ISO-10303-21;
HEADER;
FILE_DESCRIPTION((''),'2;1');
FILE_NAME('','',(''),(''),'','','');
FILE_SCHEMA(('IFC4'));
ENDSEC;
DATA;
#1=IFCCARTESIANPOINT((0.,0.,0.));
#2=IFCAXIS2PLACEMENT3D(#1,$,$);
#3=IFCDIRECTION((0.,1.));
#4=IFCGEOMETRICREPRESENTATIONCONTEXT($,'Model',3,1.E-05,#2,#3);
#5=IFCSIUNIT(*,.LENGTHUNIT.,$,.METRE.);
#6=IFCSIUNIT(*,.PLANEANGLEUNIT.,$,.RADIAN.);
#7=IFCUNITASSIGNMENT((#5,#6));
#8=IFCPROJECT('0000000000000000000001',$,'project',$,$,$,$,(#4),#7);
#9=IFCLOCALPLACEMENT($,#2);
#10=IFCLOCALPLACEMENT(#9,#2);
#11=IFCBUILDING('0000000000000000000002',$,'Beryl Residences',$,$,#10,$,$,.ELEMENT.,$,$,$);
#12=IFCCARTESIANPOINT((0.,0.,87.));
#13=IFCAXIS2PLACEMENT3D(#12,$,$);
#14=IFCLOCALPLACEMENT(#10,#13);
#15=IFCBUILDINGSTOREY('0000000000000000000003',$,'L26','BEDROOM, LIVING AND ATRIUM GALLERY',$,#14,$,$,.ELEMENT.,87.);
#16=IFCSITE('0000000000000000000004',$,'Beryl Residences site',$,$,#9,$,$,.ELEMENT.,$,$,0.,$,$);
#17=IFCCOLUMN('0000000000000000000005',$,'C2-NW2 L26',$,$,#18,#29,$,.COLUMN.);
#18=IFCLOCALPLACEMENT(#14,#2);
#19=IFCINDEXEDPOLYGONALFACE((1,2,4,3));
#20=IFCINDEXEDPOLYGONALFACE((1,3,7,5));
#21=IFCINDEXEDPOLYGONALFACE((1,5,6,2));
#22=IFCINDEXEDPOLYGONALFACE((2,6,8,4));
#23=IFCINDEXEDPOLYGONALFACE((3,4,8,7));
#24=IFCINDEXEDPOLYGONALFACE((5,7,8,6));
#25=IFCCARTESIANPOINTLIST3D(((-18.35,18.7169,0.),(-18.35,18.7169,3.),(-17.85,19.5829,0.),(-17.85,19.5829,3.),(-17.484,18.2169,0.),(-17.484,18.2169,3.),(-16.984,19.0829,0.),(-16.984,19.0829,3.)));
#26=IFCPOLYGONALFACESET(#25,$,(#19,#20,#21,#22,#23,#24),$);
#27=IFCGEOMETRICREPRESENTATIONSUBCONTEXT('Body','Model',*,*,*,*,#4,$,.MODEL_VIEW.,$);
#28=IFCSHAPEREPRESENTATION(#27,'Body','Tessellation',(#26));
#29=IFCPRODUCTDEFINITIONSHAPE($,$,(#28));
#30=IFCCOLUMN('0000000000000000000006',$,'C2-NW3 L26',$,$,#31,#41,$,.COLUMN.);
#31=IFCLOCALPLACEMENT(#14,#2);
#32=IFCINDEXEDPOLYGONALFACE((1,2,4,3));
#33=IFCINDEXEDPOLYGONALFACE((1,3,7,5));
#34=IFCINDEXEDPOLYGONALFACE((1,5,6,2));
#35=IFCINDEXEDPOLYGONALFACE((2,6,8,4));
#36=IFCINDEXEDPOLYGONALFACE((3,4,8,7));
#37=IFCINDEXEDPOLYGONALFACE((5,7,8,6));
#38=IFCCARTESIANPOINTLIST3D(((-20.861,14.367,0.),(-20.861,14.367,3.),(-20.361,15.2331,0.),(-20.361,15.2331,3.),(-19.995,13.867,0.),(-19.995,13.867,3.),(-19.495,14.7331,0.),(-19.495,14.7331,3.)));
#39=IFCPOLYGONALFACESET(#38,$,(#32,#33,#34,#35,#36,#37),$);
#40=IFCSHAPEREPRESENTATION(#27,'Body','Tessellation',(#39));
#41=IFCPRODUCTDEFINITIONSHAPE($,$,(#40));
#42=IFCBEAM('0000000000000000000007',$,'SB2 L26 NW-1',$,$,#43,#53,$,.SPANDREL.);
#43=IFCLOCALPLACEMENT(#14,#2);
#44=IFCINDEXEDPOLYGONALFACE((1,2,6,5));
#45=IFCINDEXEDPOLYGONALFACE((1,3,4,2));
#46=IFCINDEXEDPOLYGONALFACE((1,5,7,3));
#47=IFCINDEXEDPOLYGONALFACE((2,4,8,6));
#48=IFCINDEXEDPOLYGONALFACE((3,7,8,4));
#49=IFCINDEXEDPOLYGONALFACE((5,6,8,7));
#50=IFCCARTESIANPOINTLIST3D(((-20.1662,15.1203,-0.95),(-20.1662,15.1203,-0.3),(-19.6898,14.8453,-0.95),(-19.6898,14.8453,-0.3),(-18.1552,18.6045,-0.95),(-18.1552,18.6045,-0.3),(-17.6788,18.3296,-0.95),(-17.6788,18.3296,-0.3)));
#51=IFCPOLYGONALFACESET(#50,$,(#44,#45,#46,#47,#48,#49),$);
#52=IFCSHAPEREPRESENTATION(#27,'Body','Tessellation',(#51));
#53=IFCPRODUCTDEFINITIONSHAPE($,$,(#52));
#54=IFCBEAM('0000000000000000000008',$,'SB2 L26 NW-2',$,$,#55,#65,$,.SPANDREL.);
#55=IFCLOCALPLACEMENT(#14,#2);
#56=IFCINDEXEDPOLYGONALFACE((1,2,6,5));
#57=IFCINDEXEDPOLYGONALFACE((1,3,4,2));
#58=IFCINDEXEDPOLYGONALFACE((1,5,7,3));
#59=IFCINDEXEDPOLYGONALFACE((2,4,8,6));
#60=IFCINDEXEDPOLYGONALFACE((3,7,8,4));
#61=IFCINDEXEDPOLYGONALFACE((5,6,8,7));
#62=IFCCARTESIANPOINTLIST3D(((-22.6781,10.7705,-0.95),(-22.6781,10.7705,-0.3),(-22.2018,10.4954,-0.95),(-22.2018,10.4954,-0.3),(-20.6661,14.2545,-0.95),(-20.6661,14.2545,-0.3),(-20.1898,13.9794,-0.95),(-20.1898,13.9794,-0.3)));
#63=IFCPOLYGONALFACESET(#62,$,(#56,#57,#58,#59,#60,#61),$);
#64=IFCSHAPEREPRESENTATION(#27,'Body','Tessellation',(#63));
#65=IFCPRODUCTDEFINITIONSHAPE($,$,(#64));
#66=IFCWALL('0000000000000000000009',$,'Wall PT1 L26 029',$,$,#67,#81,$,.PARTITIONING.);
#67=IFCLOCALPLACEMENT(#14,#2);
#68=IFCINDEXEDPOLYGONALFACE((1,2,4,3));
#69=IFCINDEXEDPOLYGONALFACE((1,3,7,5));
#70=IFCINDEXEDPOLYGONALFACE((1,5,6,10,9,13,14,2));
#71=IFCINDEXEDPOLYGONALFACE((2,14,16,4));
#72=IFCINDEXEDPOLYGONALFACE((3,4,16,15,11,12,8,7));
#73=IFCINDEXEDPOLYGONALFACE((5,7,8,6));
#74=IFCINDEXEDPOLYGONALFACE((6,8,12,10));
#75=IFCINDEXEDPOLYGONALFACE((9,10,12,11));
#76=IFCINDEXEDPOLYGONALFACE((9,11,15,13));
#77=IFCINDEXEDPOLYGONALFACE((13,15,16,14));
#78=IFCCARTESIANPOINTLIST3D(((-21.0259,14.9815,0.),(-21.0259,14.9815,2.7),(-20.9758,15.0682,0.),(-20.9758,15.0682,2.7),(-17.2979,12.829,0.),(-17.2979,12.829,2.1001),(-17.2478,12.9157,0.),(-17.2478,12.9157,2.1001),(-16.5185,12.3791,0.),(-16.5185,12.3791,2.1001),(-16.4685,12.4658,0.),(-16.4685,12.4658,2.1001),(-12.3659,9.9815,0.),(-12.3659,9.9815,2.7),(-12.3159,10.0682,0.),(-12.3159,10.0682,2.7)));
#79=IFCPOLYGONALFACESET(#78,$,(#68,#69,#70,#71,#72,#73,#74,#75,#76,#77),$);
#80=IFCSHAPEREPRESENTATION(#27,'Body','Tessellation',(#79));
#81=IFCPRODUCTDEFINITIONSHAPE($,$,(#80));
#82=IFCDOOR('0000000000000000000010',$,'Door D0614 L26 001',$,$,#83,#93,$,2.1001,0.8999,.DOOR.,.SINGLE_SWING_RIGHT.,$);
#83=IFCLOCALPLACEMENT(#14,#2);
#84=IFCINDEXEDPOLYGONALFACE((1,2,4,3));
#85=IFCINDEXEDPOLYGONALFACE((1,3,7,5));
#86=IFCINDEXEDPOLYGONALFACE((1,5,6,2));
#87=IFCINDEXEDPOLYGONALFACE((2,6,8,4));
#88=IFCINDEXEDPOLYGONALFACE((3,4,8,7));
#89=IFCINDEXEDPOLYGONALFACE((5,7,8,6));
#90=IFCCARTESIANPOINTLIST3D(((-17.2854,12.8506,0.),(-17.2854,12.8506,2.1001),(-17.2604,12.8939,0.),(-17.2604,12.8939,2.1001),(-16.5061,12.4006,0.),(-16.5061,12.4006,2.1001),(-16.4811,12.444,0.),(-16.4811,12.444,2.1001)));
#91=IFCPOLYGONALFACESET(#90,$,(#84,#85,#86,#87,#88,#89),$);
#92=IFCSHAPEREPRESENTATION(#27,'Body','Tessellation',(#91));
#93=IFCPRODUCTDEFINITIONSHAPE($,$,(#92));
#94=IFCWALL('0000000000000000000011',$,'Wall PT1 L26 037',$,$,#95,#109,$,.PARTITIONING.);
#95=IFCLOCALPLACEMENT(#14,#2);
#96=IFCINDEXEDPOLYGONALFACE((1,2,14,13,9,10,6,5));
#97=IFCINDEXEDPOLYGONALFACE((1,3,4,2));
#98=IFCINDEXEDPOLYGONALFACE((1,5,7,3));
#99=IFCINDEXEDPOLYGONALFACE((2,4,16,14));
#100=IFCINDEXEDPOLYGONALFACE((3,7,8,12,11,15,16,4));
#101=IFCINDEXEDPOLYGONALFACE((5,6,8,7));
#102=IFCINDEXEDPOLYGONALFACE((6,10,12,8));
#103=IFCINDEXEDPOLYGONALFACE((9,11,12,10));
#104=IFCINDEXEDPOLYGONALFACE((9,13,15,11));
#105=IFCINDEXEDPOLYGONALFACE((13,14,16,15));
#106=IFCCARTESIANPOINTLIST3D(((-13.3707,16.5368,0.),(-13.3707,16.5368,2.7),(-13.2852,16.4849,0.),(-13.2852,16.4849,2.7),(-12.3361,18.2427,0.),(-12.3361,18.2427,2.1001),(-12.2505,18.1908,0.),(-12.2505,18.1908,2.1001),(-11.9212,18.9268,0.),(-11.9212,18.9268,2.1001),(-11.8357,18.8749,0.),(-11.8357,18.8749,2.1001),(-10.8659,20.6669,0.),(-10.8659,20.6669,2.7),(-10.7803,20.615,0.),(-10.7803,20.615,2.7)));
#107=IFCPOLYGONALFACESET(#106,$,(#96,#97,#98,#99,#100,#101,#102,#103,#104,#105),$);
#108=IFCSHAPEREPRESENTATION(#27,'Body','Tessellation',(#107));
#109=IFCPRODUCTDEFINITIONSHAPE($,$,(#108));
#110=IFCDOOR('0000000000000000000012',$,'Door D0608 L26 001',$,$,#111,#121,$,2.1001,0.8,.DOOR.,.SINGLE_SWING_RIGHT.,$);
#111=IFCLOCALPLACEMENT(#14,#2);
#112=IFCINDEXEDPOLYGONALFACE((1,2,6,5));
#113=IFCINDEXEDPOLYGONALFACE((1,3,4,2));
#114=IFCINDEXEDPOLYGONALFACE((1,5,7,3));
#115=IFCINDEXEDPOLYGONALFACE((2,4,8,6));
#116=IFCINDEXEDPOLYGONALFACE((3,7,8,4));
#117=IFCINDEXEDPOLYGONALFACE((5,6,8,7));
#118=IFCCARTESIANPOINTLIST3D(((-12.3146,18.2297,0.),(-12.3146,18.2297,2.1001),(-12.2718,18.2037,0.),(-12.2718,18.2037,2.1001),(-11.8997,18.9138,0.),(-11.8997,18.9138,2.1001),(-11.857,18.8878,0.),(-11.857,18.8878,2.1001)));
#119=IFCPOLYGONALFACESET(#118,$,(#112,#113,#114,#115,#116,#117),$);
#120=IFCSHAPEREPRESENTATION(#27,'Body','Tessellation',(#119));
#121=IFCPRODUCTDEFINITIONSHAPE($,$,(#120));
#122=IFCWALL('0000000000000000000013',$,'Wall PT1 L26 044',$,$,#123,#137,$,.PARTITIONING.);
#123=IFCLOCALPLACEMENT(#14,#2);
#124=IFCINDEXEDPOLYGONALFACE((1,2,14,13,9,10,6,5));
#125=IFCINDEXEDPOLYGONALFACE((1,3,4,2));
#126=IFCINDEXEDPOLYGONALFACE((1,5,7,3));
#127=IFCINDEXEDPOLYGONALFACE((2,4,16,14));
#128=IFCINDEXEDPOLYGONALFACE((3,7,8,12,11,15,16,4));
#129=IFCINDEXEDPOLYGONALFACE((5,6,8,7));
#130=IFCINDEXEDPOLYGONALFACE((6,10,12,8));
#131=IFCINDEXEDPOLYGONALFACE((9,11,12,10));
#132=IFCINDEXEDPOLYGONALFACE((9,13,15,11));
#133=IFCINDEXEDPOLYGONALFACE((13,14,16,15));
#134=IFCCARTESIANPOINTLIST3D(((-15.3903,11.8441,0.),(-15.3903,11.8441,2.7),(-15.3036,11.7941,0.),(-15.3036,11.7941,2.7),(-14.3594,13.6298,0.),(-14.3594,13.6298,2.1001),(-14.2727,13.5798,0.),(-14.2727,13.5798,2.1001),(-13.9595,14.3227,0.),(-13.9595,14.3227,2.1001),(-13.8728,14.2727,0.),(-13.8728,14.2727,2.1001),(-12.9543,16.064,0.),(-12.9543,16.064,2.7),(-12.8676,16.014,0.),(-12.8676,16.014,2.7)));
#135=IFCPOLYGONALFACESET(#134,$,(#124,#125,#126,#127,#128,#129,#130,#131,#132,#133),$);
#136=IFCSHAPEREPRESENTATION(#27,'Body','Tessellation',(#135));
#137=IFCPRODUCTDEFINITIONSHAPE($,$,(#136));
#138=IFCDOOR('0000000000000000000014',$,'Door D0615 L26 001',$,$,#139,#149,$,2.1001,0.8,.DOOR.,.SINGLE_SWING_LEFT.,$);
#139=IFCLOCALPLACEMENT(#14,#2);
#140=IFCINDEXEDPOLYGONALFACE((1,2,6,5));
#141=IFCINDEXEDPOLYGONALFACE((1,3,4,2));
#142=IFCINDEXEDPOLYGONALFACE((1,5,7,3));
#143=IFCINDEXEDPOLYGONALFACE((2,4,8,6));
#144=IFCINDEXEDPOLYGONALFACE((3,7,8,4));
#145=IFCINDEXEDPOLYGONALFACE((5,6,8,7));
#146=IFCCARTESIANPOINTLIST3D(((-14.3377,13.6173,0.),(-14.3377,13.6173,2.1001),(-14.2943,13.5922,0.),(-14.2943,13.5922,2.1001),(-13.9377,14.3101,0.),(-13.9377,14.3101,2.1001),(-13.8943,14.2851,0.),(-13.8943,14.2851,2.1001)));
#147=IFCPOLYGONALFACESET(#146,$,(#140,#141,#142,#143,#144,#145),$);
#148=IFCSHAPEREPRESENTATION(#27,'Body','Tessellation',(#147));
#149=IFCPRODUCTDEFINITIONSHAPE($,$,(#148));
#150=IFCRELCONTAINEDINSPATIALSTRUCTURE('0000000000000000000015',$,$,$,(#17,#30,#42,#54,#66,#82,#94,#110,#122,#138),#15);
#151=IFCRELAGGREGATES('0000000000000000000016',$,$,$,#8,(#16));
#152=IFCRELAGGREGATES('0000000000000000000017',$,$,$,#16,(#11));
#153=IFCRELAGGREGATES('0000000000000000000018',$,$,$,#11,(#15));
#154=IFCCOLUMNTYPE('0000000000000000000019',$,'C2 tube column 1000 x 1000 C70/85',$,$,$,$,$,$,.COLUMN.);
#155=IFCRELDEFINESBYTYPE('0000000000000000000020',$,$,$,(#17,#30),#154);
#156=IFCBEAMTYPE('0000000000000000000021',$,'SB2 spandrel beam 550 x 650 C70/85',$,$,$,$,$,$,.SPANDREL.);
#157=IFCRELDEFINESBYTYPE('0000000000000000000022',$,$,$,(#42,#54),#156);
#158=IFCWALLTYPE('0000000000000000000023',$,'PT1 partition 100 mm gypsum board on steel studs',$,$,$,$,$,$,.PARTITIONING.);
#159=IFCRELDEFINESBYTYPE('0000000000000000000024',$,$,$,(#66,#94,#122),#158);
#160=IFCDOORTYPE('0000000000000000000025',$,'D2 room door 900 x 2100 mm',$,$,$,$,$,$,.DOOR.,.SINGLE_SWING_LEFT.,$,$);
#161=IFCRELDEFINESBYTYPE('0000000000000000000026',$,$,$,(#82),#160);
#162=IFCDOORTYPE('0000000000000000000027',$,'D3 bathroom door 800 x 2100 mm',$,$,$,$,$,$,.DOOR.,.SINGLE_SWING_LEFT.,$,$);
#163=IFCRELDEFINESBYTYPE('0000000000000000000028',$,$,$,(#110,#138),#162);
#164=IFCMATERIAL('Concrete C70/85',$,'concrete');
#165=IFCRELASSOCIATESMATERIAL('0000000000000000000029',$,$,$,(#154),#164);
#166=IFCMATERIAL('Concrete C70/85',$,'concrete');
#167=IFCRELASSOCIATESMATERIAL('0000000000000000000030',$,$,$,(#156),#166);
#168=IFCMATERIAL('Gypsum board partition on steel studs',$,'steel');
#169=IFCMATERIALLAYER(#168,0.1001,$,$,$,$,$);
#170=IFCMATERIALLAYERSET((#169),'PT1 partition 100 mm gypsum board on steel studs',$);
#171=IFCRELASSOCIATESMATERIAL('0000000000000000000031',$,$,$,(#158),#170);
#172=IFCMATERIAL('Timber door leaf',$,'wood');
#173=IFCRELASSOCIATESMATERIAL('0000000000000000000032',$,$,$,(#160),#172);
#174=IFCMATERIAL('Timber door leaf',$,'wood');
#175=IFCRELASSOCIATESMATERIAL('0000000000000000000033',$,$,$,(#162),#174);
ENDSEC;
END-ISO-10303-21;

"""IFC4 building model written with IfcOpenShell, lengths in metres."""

from ifc_helpers import new_model, si_unit, direction, frame, frame_2d, origin, origin_2d, place, context, subcontext, project, spatial, rectangle, extrude, material, layer, layer_set, material_profile, profile_set, type_object, element, fill, save


model = new_model("IFC4")

# Units and contexts
model_context = context("Model", 3, precision=1e-05, world=origin(), true_north=direction((0.0, 1.0)))
body_context = subcontext(model_context, "Body", "Model", "MODEL_VIEW")
ifc_project = project(units=[si_unit("LENGTHUNIT", "METRE"), si_unit("PLANEANGLEUNIT", "RADIAN")], contexts=[model_context])

# Site, building, storey
site_placement = place(None, origin())
site = spatial("IfcSite", under=ifc_project, at=site_placement, Name="Beryl Residences site", CompositionType="ELEMENT", RefElevation=0.0)
building_placement = place(site_placement, origin())
building = spatial("IfcBuilding", under=site, at=building_placement, Name="Beryl Residences", CompositionType="ELEMENT")
storey_placement = place(building_placement, frame((0.0, 0.0, 87.0)))
storey = spatial("IfcBuildingStorey", under=building, at=storey_placement, Name="L26", Description="BEDROOM, LIVING AND ATRIUM GALLERY", CompositionType="ELEMENT", Elevation=87.0)

# Columns
ifc_material_1 = material(Name="Concrete C70/85", Category="concrete")
ifc_material_profile_1 = material_profile(ifc_material_1, rectangle(XDim=1.0, YDim=1.0, at=origin_2d()))
ifc_profile_set_1 = profile_set([ifc_material_profile_1], Name="Concrete C70/85")
column_type = type_object("IfcColumnType", Name="C2 tube column 1000 x 1000 C70/85", PredefinedType="COLUMN", material=ifc_profile_set_1)
for number, where, z_axis, x_axis, name in (
    (1, (-17.667, 18.8999, 0.0), (0.0, 0.0, 1.0), (-0.5, -0.866025, 0.0), "C2-NW2 L26"),
    (2, (-20.178, 14.55, 0.0), (0.0, 0.0, 1.0), (-0.5, -0.866025, 0.0), "C2-NW3 L26"),
):
    element("IfcColumn", number, at=place(storey_placement, frame(where, z_axis=z_axis, x_axis=x_axis)), inside=storey, type_object=column_type, Name=name, PredefinedType="COLUMN", context=body_context, shape_type="SweptSolid", body=[
        extrude(rectangle(XDim=1.0, YDim=1.0, at=origin_2d()), origin(), (0.0, 0.0, 1.0), 3.0),
    ])

# Beams
ifc_material_2 = material(Name="Concrete C70/85", Category="concrete")
ifc_material_profile_2 = material_profile(ifc_material_2, rectangle(XDim=0.55, YDim=0.6499, at=origin_2d()))
ifc_profile_set_2 = profile_set([ifc_material_profile_2], Name="Concrete C70/85")
beam_type = type_object("IfcBeamType", Name="SB2 spandrel beam 550 x 650 C70/85", PredefinedType="SPANDREL", material=ifc_profile_set_2)
beam_1_placement = place(storey_placement, frame((-17.917, 18.467, -0.625), z_axis=(-0.499892, -0.866088, 0.0), x_axis=(0.866088, -0.499892, 0.0)))
element("IfcBeam", 3, at=beam_1_placement, inside=storey, type_object=beam_type, Name="SB2 L26 NW-1", PredefinedType="SPANDREL", context=body_context, shape_type="SweptSolid", body=[
    extrude(rectangle(XDim=0.55, YDim=0.6499, at=origin_2d()), origin(), (0.0, 0.0, 1.0), 4.0229),
])
beam_2_placement = place(storey_placement, frame((-20.428, 14.1169, -0.625), z_axis=(-0.500101, -0.865967, 0.0), x_axis=(0.865967, -0.500101, 0.0)))
element("IfcBeam", 4, at=beam_2_placement, inside=storey, type_object=beam_type, Name="SB2 L26 NW-2", PredefinedType="SPANDREL", context=body_context, shape_type="SweptSolid", body=[
    extrude(rectangle(XDim=0.55, YDim=0.6499, at=origin_2d()), origin(), (0.0, 0.0, 1.0), 4.0232),
])

# Walls, openings, doors
ifc_material_3 = material(Name="Gypsum board partition on steel studs", Category="steel")
ifc_layer = layer(ifc_material_3, 0.1001)
ifc_layer_set = layer_set([ifc_layer], Name="PT1 partition 100 mm gypsum board on steel studs")
wall_type = type_object("IfcWallType", Name="PT1 partition 100 mm gypsum board on steel studs", PredefinedType="PARTITIONING", material=ifc_layer_set)
wall_1_placement = place(storey_placement, frame((-21.001, 15.0249, 0.0), z_axis=(0.0, 0.0, 1.0), x_axis=(0.866017, -0.500015, 0.0)))
wall_1 = element("IfcWall", 5, at=wall_1_placement, inside=storey, type_object=wall_type, Name="Wall PT1 L26 029", PredefinedType="PARTITIONING", context=body_context, shape_type="SweptSolid", body=[
    extrude(rectangle(XDim=9.9998, YDim=0.1001, at=frame_2d((5.0, 0.0))), origin(), (0.0, 0.0, 1.0), 2.7),
])
opening_1_placement = place(wall_1_placement, frame((4.3049, 0.0, 0.0)))
opening_1 = element("IfcOpeningElement", 6, at=opening_1_placement, cuts=wall_1, PredefinedType="OPENING", context=body_context, shape_type="SweptSolid", body=[
    extrude(rectangle(XDim=0.8999, YDim=2.1001, at=frame_2d((0.45, 1.05))), frame((0.0, 0.0601, 0.0), z_axis=(0.0, -1.0, 0.0), x_axis=(1.0, 0.0, 0.0)), (0.0, 0.0, 1.0), 0.1201),
])
ifc_material_4 = material(Name="Timber door leaf", Category="wood")
door_type_1 = type_object("IfcDoorType", Name="D2 room door 900 x 2100 mm", OperationType="SINGLE_SWING_LEFT", PredefinedType="DOOR", material=ifc_material_4)
door_1_placement = place(opening_1_placement, origin())
door_1 = element("IfcDoor", 7, at=door_1_placement, inside=storey, type_object=door_type_1, Name="Door D0614 L26 001", OperationType="SINGLE_SWING_RIGHT", OverallHeight=2.1001, OverallWidth=0.8999, PredefinedType="DOOR", context=body_context, shape_type="SweptSolid", body=[
    extrude(rectangle(XDim=0.8999, YDim=2.1001, at=frame_2d((0.45, 1.05))), frame((0.0, 0.0249, 0.0), z_axis=(0.0, -1.0, 0.0), x_axis=(1.0, 0.0, 0.0)), (0.0, 0.0, 1.0), 0.05),
])
fill(opening_1, door_1)
wall_2_placement = place(storey_placement, frame((-13.3279, 16.511, 0.0), z_axis=(0.0, 0.0, 1.0), x_axis=(0.518571, 0.855035, 0.0)))
wall_2 = element("IfcWall", 8, at=wall_2_placement, inside=storey, type_object=wall_type, Name="Wall PT1 L26 037", PredefinedType="PARTITIONING", context=body_context, shape_type="SweptSolid", body=[
    extrude(rectangle(XDim=4.8303, YDim=0.1001, at=frame_2d((2.415, 0.0))), origin(), (0.0, 0.0, 1.0), 2.7),
])
opening_2_placement = place(wall_2_placement, frame((1.9951, 0.0, 0.0)))
opening_2 = element("IfcOpeningElement", 9, at=opening_2_placement, cuts=wall_2, PredefinedType="OPENING", context=body_context, shape_type="SweptSolid", body=[
    extrude(rectangle(XDim=0.8, YDim=2.1001, at=frame_2d((0.3999, 1.05))), frame((0.0, 0.0601, 0.0), z_axis=(0.0, -1.0, 0.0), x_axis=(1.0, 0.0, 0.0)), (0.0, 0.0, 1.0), 0.1201),
])
ifc_material_5 = material(Name="Timber door leaf", Category="wood")
door_type_2 = type_object("IfcDoorType", Name="D3 bathroom door 800 x 2100 mm", OperationType="SINGLE_SWING_LEFT", PredefinedType="DOOR", material=ifc_material_5)
door_2_placement = place(opening_2_placement, origin())
door_2 = element("IfcDoor", 10, at=door_2_placement, inside=storey, type_object=door_type_2, Name="Door D0608 L26 001", OperationType="SINGLE_SWING_RIGHT", OverallHeight=2.1001, OverallWidth=0.8, PredefinedType="DOOR", context=body_context, shape_type="SweptSolid", body=[
    extrude(rectangle(XDim=0.8, YDim=2.1001, at=frame_2d((0.3999, 1.05))), frame((0.0, 0.0249, 0.0), z_axis=(0.0, -1.0, 0.0), x_axis=(1.0, 0.0, 0.0)), (0.0, 0.0, 1.0), 0.05),
])
fill(opening_2, door_2)
wall_3_placement = place(storey_placement, frame((-15.3469, 11.8191, 0.0), z_axis=(0.0, 0.0, 1.0), x_axis=(0.499944, 0.866058, 0.0)))
wall_3 = element("IfcWall", 11, at=wall_3_placement, inside=storey, type_object=wall_type, Name="Wall PT1 L26 044", PredefinedType="PARTITIONING", context=body_context, shape_type="SweptSolid", body=[
    extrude(rectangle(XDim=4.8726, YDim=0.1001, at=frame_2d((2.4363, 0.0))), origin(), (0.0, 0.0, 1.0), 2.7),
])
opening_3_placement = place(wall_3_placement, frame((2.062, 0.0, 0.0)))
opening_3 = element("IfcOpeningElement", 12, at=opening_3_placement, cuts=wall_3, PredefinedType="OPENING", context=body_context, shape_type="SweptSolid", body=[
    extrude(rectangle(XDim=0.8, YDim=2.1001, at=frame_2d((0.3999, 1.05))), frame((0.0, 0.0601, 0.0), z_axis=(0.0, -1.0, 0.0), x_axis=(1.0, 0.0, 0.0)), (0.0, 0.0, 1.0), 0.1201),
])
door_3_placement = place(opening_3_placement, origin())
door_3 = element("IfcDoor", 13, at=door_3_placement, inside=storey, type_object=door_type_2, Name="Door D0615 L26 001", OperationType="SINGLE_SWING_LEFT", OverallHeight=2.1001, OverallWidth=0.8, PredefinedType="DOOR", context=body_context, shape_type="SweptSolid", body=[
    extrude(rectangle(XDim=0.8, YDim=2.1001, at=frame_2d((0.3999, 1.05))), frame((0.0, 0.0249, 0.0), z_axis=(0.0, -1.0, 0.0), x_axis=(1.0, 0.0, 0.0)), (0.0, 0.0, 1.0), 0.05),
])
fill(opening_3, door_3)

save(model, "model.ifc")
